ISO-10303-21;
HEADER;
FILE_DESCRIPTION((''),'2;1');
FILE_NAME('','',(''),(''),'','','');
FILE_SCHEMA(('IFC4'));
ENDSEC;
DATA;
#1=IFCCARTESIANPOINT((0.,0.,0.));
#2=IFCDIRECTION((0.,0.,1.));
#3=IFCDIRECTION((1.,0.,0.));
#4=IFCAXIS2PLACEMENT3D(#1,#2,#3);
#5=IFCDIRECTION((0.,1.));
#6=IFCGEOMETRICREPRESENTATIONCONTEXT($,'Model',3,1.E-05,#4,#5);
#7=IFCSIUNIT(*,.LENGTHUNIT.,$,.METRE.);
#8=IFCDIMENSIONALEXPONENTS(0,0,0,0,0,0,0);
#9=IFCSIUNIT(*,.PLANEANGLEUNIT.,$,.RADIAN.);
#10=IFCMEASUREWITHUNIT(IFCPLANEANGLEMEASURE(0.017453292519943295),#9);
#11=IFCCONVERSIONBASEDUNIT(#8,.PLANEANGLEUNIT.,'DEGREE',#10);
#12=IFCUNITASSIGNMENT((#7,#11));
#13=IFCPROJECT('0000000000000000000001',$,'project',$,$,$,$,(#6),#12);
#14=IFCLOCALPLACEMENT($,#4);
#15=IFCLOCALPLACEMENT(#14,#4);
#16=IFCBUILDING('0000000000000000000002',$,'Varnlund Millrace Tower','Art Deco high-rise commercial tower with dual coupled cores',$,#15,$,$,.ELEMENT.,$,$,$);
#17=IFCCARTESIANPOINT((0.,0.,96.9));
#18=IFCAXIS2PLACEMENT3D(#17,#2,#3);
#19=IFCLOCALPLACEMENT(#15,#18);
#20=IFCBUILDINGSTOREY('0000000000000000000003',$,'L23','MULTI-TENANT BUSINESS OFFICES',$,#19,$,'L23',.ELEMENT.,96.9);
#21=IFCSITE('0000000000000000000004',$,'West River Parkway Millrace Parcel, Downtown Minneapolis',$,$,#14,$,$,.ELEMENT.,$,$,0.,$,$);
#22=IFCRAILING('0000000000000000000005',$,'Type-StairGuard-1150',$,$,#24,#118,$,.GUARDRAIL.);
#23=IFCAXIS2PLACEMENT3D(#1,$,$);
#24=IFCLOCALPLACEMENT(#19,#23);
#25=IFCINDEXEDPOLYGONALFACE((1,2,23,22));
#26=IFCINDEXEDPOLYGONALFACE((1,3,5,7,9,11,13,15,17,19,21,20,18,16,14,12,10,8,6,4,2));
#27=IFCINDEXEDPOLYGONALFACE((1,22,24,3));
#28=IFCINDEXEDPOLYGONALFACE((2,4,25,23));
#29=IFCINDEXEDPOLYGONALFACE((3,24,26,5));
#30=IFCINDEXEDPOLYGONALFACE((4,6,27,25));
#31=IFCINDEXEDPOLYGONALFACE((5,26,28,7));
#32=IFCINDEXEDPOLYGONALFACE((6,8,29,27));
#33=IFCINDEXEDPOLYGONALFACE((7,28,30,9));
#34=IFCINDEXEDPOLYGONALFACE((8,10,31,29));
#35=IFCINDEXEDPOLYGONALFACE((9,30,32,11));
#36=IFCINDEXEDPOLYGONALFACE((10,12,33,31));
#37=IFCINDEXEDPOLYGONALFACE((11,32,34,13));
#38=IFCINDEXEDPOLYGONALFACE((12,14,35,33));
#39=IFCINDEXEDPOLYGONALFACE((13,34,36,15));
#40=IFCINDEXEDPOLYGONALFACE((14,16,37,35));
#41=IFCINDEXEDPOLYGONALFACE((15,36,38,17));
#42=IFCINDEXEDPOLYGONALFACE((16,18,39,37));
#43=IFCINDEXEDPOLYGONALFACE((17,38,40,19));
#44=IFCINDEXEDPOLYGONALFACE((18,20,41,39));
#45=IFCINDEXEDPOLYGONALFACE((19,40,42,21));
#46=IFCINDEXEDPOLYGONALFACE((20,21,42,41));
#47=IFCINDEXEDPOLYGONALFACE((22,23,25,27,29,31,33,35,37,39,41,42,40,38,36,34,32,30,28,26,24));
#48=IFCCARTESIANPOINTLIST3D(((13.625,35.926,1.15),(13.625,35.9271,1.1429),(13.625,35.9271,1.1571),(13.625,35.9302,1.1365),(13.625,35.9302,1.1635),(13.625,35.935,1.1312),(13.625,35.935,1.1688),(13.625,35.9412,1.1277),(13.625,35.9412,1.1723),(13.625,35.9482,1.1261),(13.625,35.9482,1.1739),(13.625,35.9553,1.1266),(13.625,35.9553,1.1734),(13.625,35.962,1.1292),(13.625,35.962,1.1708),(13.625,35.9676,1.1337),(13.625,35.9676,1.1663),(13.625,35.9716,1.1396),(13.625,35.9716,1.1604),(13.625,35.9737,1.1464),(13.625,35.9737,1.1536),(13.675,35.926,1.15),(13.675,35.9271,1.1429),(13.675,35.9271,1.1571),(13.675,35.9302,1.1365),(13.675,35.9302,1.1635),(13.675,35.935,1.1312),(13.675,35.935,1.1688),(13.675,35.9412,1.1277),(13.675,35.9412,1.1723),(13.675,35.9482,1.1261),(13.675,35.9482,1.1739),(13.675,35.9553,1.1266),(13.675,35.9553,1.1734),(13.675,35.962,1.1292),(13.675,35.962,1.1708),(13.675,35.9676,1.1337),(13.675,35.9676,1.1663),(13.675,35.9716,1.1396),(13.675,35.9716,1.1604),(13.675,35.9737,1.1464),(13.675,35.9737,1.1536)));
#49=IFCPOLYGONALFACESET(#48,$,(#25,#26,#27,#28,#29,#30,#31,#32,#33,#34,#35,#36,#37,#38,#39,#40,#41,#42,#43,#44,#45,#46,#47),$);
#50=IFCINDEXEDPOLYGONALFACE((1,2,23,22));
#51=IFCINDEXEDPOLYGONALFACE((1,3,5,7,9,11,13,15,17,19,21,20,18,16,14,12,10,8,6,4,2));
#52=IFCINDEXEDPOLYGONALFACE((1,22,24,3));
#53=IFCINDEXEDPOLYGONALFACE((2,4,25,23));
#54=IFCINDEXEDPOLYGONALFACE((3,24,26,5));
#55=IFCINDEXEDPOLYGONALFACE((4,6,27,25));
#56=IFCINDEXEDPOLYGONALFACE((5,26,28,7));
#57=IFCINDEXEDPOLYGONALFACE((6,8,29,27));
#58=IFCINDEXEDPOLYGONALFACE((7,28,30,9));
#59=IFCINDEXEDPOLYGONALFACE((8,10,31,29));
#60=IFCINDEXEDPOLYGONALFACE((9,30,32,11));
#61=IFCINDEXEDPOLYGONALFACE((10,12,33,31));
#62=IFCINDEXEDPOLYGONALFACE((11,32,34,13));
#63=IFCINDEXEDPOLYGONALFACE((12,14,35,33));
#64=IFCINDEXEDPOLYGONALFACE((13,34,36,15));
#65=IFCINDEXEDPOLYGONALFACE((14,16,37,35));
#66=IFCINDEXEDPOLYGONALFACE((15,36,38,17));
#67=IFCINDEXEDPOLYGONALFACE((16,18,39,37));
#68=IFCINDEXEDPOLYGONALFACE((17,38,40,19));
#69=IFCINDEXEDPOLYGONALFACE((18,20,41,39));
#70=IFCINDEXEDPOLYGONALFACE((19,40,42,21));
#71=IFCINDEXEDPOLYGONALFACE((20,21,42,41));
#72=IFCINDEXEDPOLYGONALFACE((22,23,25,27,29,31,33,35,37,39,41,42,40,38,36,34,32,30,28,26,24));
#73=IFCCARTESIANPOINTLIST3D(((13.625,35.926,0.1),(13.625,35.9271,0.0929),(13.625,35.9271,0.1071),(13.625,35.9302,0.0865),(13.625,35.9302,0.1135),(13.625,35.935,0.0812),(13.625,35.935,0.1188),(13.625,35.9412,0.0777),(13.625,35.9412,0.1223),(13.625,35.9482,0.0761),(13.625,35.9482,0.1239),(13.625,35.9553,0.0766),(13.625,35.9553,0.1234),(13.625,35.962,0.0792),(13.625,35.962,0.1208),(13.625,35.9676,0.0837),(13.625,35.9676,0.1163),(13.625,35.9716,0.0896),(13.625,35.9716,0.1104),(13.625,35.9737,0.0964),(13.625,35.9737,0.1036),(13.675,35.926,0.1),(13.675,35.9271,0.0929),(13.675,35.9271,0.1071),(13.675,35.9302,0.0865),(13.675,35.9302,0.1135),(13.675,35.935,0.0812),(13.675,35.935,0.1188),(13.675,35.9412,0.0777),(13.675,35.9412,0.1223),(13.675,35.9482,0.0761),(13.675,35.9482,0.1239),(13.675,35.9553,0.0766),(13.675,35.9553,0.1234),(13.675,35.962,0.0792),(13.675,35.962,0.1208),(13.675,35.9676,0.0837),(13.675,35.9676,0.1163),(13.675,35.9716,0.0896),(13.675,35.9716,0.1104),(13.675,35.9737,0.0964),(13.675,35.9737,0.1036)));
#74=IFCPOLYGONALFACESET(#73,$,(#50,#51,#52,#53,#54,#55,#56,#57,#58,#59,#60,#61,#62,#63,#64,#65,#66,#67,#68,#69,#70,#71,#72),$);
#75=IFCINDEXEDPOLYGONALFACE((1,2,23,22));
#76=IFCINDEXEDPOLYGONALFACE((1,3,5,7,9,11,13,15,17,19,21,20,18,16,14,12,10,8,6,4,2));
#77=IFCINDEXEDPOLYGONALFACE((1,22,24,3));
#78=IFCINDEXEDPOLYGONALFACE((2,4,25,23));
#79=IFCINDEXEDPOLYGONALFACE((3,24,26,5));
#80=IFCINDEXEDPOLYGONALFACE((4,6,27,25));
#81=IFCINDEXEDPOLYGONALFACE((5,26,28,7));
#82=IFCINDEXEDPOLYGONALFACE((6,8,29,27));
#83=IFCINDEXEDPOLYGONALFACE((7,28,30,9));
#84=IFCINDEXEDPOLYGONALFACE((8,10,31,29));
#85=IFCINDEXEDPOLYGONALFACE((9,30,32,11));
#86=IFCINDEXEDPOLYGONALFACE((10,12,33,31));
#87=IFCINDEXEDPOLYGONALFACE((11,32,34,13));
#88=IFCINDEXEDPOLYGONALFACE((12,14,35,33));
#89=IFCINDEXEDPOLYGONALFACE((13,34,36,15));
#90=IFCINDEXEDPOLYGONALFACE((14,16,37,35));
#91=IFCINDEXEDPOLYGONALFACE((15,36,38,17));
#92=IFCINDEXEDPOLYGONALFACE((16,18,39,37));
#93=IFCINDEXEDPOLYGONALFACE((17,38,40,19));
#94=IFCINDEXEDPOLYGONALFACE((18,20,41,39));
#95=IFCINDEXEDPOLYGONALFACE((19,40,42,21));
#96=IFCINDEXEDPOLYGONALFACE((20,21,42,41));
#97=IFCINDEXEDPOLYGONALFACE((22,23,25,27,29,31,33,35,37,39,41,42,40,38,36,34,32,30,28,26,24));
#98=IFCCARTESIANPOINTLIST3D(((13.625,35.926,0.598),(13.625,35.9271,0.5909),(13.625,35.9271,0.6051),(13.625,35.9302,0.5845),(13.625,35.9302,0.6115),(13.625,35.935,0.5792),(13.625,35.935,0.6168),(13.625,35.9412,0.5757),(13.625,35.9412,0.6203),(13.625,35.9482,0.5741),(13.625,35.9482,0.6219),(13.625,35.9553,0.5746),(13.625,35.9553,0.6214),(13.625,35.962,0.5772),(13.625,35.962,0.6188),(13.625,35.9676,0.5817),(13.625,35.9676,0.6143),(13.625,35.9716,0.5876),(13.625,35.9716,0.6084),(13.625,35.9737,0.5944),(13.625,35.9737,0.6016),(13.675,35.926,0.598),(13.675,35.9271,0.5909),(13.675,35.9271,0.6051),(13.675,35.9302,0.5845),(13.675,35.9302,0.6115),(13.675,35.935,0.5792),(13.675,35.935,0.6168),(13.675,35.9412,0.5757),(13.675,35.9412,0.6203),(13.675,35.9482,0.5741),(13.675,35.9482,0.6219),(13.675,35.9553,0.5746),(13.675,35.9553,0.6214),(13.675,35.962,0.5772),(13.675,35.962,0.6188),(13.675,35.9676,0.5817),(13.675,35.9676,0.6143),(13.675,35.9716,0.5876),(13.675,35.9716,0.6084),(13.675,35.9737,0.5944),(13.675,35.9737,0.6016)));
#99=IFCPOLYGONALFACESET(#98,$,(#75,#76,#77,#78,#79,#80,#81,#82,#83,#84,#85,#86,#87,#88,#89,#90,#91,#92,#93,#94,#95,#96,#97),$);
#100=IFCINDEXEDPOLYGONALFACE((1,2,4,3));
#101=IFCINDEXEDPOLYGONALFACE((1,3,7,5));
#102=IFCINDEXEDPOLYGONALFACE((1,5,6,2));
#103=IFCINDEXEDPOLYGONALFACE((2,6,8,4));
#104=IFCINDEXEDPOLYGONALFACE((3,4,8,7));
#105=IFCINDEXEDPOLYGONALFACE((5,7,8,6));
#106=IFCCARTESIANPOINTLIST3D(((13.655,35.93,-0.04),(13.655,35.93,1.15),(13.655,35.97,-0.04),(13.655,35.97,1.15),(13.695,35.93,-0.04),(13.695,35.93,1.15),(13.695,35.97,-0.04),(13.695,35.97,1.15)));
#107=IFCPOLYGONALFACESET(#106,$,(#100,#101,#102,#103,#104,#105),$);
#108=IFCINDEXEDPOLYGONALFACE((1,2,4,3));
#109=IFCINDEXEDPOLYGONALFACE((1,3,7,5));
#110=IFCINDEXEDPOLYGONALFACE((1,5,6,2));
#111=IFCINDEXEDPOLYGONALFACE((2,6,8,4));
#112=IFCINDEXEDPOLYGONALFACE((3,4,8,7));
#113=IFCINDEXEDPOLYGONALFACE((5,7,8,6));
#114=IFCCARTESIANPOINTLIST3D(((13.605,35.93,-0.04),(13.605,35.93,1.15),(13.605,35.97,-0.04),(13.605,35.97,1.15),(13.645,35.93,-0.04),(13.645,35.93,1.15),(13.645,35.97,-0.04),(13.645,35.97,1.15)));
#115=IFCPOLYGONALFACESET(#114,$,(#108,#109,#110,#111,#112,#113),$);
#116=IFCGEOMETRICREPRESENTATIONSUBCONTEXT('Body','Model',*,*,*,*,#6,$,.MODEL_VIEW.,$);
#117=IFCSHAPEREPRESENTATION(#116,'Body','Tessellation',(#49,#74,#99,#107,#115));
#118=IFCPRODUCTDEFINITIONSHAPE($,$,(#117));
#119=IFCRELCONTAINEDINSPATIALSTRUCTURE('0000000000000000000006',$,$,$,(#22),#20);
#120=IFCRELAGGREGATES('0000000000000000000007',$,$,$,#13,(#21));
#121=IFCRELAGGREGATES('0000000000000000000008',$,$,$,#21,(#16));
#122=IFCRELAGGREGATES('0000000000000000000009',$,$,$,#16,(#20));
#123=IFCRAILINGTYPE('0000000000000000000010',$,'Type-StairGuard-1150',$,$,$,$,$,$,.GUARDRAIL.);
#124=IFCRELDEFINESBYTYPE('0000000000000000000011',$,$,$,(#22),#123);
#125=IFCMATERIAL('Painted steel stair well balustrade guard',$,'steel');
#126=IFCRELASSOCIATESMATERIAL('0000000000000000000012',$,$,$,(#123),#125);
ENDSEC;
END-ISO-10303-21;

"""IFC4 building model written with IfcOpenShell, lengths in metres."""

from ifc_helpers import new_model, entity, si_unit, converted_unit, direction, frame, origin_with_axes, origin_2d_with_axis, place, context, subcontext, project, spatial, rectangle, circle, extrude, material, type_object, element, save


model = new_model("IFC4")

# Units and contexts
model_context = context("Model", 3, precision=1e-05, world=origin_with_axes(), true_north=direction((0.0, 1.0)))
body_context = subcontext(model_context, "Body", "Model", "MODEL_VIEW")
ifc_project = project(units=[si_unit("LENGTHUNIT", "METRE"), converted_unit("PLANEANGLEUNIT", "DEGREE", entity("IfcPlaneAngleMeasure", 0.017453292519943295), si_unit("PLANEANGLEUNIT", "RADIAN"), dimensions=[0, 0, 0, 0, 0, 0, 0])], contexts=[model_context])

# Site, building, storey
site_placement = place(None, origin_with_axes())
site = spatial("IfcSite", under=ifc_project, at=site_placement, Name="West River Parkway Millrace Parcel, Downtown Minneapolis", CompositionType="ELEMENT", RefElevation=0.0)
building_placement = place(site_placement, origin_with_axes())
building = spatial("IfcBuilding", under=site, at=building_placement, Name="Varnlund Millrace Tower", Description="Art Deco high-rise commercial tower with dual coupled cores", CompositionType="ELEMENT")
storey_placement = place(building_placement, frame((0.0, 0.0, 96.9), z_axis=(0.0, 0.0, 1.0), x_axis=(1.0, 0.0, 0.0)))
storey = spatial("IfcBuildingStorey", under=building, at=storey_placement, Name="L23", Description="MULTI-TENANT BUSINESS OFFICES", LongName="L23", CompositionType="ELEMENT", Elevation=96.9)

# Railing
ifc_material_1 = material(Name="Painted steel stair well balustrade guard", Category="steel")
railing_type_1 = type_object("IfcRailingType", Name="Type-StairGuard-1150", PredefinedType="GUARDRAIL", material=ifc_material_1)
railing_1_placement = place(storey_placement, frame((0.0, 0.0, -96.9), z_axis=(0.0, 0.0, 1.0), x_axis=(1.0, 0.0, 0.0)))
element("IfcRailing", 1, at=railing_1_placement, inside=storey, type_object=railing_type_1, Name="Type-StairGuard-1150", PredefinedType="GUARDRAIL", context=body_context, shape_type="SweptSolid", body=[
    extrude(circle(Radius=0.024, at=origin_2d_with_axis()), frame((13.675, 35.95, 98.05), z_axis=(-1.0, 0.0, 0.0), x_axis=(0.0, -1.0, 0.0)), (0.0, 0.0, 1.0), 0.05),
    extrude(circle(Radius=0.024, at=origin_2d_with_axis()), frame((13.675, 35.95, 97.0), z_axis=(-1.0, 0.0, 0.0), x_axis=(0.0, -1.0, 0.0)), (0.0, 0.0, 1.0), 0.05),
    extrude(circle(Radius=0.024, at=origin_2d_with_axis()), frame((13.675, 35.95, 97.498), z_axis=(-1.0, 0.0, 0.0), x_axis=(0.0, -1.0, 0.0)), (0.0, 0.0, 1.0), 0.05),
    extrude(rectangle(XDim=0.04, YDim=0.04, at=origin_2d_with_axis()), frame((13.675, 35.95, 96.86), z_axis=(0.0, 0.0, 1.0), x_axis=(1.0, 0.0, 0.0)), (0.0, 0.0, 1.0), 1.19),
    extrude(rectangle(XDim=0.04, YDim=0.04, at=origin_2d_with_axis()), frame((13.625, 35.95, 96.86), z_axis=(0.0, 0.0, 1.0), x_axis=(1.0, 0.0, 0.0)), (0.0, 0.0, 1.0), 1.19),
])

save(model, "model.ifc")
